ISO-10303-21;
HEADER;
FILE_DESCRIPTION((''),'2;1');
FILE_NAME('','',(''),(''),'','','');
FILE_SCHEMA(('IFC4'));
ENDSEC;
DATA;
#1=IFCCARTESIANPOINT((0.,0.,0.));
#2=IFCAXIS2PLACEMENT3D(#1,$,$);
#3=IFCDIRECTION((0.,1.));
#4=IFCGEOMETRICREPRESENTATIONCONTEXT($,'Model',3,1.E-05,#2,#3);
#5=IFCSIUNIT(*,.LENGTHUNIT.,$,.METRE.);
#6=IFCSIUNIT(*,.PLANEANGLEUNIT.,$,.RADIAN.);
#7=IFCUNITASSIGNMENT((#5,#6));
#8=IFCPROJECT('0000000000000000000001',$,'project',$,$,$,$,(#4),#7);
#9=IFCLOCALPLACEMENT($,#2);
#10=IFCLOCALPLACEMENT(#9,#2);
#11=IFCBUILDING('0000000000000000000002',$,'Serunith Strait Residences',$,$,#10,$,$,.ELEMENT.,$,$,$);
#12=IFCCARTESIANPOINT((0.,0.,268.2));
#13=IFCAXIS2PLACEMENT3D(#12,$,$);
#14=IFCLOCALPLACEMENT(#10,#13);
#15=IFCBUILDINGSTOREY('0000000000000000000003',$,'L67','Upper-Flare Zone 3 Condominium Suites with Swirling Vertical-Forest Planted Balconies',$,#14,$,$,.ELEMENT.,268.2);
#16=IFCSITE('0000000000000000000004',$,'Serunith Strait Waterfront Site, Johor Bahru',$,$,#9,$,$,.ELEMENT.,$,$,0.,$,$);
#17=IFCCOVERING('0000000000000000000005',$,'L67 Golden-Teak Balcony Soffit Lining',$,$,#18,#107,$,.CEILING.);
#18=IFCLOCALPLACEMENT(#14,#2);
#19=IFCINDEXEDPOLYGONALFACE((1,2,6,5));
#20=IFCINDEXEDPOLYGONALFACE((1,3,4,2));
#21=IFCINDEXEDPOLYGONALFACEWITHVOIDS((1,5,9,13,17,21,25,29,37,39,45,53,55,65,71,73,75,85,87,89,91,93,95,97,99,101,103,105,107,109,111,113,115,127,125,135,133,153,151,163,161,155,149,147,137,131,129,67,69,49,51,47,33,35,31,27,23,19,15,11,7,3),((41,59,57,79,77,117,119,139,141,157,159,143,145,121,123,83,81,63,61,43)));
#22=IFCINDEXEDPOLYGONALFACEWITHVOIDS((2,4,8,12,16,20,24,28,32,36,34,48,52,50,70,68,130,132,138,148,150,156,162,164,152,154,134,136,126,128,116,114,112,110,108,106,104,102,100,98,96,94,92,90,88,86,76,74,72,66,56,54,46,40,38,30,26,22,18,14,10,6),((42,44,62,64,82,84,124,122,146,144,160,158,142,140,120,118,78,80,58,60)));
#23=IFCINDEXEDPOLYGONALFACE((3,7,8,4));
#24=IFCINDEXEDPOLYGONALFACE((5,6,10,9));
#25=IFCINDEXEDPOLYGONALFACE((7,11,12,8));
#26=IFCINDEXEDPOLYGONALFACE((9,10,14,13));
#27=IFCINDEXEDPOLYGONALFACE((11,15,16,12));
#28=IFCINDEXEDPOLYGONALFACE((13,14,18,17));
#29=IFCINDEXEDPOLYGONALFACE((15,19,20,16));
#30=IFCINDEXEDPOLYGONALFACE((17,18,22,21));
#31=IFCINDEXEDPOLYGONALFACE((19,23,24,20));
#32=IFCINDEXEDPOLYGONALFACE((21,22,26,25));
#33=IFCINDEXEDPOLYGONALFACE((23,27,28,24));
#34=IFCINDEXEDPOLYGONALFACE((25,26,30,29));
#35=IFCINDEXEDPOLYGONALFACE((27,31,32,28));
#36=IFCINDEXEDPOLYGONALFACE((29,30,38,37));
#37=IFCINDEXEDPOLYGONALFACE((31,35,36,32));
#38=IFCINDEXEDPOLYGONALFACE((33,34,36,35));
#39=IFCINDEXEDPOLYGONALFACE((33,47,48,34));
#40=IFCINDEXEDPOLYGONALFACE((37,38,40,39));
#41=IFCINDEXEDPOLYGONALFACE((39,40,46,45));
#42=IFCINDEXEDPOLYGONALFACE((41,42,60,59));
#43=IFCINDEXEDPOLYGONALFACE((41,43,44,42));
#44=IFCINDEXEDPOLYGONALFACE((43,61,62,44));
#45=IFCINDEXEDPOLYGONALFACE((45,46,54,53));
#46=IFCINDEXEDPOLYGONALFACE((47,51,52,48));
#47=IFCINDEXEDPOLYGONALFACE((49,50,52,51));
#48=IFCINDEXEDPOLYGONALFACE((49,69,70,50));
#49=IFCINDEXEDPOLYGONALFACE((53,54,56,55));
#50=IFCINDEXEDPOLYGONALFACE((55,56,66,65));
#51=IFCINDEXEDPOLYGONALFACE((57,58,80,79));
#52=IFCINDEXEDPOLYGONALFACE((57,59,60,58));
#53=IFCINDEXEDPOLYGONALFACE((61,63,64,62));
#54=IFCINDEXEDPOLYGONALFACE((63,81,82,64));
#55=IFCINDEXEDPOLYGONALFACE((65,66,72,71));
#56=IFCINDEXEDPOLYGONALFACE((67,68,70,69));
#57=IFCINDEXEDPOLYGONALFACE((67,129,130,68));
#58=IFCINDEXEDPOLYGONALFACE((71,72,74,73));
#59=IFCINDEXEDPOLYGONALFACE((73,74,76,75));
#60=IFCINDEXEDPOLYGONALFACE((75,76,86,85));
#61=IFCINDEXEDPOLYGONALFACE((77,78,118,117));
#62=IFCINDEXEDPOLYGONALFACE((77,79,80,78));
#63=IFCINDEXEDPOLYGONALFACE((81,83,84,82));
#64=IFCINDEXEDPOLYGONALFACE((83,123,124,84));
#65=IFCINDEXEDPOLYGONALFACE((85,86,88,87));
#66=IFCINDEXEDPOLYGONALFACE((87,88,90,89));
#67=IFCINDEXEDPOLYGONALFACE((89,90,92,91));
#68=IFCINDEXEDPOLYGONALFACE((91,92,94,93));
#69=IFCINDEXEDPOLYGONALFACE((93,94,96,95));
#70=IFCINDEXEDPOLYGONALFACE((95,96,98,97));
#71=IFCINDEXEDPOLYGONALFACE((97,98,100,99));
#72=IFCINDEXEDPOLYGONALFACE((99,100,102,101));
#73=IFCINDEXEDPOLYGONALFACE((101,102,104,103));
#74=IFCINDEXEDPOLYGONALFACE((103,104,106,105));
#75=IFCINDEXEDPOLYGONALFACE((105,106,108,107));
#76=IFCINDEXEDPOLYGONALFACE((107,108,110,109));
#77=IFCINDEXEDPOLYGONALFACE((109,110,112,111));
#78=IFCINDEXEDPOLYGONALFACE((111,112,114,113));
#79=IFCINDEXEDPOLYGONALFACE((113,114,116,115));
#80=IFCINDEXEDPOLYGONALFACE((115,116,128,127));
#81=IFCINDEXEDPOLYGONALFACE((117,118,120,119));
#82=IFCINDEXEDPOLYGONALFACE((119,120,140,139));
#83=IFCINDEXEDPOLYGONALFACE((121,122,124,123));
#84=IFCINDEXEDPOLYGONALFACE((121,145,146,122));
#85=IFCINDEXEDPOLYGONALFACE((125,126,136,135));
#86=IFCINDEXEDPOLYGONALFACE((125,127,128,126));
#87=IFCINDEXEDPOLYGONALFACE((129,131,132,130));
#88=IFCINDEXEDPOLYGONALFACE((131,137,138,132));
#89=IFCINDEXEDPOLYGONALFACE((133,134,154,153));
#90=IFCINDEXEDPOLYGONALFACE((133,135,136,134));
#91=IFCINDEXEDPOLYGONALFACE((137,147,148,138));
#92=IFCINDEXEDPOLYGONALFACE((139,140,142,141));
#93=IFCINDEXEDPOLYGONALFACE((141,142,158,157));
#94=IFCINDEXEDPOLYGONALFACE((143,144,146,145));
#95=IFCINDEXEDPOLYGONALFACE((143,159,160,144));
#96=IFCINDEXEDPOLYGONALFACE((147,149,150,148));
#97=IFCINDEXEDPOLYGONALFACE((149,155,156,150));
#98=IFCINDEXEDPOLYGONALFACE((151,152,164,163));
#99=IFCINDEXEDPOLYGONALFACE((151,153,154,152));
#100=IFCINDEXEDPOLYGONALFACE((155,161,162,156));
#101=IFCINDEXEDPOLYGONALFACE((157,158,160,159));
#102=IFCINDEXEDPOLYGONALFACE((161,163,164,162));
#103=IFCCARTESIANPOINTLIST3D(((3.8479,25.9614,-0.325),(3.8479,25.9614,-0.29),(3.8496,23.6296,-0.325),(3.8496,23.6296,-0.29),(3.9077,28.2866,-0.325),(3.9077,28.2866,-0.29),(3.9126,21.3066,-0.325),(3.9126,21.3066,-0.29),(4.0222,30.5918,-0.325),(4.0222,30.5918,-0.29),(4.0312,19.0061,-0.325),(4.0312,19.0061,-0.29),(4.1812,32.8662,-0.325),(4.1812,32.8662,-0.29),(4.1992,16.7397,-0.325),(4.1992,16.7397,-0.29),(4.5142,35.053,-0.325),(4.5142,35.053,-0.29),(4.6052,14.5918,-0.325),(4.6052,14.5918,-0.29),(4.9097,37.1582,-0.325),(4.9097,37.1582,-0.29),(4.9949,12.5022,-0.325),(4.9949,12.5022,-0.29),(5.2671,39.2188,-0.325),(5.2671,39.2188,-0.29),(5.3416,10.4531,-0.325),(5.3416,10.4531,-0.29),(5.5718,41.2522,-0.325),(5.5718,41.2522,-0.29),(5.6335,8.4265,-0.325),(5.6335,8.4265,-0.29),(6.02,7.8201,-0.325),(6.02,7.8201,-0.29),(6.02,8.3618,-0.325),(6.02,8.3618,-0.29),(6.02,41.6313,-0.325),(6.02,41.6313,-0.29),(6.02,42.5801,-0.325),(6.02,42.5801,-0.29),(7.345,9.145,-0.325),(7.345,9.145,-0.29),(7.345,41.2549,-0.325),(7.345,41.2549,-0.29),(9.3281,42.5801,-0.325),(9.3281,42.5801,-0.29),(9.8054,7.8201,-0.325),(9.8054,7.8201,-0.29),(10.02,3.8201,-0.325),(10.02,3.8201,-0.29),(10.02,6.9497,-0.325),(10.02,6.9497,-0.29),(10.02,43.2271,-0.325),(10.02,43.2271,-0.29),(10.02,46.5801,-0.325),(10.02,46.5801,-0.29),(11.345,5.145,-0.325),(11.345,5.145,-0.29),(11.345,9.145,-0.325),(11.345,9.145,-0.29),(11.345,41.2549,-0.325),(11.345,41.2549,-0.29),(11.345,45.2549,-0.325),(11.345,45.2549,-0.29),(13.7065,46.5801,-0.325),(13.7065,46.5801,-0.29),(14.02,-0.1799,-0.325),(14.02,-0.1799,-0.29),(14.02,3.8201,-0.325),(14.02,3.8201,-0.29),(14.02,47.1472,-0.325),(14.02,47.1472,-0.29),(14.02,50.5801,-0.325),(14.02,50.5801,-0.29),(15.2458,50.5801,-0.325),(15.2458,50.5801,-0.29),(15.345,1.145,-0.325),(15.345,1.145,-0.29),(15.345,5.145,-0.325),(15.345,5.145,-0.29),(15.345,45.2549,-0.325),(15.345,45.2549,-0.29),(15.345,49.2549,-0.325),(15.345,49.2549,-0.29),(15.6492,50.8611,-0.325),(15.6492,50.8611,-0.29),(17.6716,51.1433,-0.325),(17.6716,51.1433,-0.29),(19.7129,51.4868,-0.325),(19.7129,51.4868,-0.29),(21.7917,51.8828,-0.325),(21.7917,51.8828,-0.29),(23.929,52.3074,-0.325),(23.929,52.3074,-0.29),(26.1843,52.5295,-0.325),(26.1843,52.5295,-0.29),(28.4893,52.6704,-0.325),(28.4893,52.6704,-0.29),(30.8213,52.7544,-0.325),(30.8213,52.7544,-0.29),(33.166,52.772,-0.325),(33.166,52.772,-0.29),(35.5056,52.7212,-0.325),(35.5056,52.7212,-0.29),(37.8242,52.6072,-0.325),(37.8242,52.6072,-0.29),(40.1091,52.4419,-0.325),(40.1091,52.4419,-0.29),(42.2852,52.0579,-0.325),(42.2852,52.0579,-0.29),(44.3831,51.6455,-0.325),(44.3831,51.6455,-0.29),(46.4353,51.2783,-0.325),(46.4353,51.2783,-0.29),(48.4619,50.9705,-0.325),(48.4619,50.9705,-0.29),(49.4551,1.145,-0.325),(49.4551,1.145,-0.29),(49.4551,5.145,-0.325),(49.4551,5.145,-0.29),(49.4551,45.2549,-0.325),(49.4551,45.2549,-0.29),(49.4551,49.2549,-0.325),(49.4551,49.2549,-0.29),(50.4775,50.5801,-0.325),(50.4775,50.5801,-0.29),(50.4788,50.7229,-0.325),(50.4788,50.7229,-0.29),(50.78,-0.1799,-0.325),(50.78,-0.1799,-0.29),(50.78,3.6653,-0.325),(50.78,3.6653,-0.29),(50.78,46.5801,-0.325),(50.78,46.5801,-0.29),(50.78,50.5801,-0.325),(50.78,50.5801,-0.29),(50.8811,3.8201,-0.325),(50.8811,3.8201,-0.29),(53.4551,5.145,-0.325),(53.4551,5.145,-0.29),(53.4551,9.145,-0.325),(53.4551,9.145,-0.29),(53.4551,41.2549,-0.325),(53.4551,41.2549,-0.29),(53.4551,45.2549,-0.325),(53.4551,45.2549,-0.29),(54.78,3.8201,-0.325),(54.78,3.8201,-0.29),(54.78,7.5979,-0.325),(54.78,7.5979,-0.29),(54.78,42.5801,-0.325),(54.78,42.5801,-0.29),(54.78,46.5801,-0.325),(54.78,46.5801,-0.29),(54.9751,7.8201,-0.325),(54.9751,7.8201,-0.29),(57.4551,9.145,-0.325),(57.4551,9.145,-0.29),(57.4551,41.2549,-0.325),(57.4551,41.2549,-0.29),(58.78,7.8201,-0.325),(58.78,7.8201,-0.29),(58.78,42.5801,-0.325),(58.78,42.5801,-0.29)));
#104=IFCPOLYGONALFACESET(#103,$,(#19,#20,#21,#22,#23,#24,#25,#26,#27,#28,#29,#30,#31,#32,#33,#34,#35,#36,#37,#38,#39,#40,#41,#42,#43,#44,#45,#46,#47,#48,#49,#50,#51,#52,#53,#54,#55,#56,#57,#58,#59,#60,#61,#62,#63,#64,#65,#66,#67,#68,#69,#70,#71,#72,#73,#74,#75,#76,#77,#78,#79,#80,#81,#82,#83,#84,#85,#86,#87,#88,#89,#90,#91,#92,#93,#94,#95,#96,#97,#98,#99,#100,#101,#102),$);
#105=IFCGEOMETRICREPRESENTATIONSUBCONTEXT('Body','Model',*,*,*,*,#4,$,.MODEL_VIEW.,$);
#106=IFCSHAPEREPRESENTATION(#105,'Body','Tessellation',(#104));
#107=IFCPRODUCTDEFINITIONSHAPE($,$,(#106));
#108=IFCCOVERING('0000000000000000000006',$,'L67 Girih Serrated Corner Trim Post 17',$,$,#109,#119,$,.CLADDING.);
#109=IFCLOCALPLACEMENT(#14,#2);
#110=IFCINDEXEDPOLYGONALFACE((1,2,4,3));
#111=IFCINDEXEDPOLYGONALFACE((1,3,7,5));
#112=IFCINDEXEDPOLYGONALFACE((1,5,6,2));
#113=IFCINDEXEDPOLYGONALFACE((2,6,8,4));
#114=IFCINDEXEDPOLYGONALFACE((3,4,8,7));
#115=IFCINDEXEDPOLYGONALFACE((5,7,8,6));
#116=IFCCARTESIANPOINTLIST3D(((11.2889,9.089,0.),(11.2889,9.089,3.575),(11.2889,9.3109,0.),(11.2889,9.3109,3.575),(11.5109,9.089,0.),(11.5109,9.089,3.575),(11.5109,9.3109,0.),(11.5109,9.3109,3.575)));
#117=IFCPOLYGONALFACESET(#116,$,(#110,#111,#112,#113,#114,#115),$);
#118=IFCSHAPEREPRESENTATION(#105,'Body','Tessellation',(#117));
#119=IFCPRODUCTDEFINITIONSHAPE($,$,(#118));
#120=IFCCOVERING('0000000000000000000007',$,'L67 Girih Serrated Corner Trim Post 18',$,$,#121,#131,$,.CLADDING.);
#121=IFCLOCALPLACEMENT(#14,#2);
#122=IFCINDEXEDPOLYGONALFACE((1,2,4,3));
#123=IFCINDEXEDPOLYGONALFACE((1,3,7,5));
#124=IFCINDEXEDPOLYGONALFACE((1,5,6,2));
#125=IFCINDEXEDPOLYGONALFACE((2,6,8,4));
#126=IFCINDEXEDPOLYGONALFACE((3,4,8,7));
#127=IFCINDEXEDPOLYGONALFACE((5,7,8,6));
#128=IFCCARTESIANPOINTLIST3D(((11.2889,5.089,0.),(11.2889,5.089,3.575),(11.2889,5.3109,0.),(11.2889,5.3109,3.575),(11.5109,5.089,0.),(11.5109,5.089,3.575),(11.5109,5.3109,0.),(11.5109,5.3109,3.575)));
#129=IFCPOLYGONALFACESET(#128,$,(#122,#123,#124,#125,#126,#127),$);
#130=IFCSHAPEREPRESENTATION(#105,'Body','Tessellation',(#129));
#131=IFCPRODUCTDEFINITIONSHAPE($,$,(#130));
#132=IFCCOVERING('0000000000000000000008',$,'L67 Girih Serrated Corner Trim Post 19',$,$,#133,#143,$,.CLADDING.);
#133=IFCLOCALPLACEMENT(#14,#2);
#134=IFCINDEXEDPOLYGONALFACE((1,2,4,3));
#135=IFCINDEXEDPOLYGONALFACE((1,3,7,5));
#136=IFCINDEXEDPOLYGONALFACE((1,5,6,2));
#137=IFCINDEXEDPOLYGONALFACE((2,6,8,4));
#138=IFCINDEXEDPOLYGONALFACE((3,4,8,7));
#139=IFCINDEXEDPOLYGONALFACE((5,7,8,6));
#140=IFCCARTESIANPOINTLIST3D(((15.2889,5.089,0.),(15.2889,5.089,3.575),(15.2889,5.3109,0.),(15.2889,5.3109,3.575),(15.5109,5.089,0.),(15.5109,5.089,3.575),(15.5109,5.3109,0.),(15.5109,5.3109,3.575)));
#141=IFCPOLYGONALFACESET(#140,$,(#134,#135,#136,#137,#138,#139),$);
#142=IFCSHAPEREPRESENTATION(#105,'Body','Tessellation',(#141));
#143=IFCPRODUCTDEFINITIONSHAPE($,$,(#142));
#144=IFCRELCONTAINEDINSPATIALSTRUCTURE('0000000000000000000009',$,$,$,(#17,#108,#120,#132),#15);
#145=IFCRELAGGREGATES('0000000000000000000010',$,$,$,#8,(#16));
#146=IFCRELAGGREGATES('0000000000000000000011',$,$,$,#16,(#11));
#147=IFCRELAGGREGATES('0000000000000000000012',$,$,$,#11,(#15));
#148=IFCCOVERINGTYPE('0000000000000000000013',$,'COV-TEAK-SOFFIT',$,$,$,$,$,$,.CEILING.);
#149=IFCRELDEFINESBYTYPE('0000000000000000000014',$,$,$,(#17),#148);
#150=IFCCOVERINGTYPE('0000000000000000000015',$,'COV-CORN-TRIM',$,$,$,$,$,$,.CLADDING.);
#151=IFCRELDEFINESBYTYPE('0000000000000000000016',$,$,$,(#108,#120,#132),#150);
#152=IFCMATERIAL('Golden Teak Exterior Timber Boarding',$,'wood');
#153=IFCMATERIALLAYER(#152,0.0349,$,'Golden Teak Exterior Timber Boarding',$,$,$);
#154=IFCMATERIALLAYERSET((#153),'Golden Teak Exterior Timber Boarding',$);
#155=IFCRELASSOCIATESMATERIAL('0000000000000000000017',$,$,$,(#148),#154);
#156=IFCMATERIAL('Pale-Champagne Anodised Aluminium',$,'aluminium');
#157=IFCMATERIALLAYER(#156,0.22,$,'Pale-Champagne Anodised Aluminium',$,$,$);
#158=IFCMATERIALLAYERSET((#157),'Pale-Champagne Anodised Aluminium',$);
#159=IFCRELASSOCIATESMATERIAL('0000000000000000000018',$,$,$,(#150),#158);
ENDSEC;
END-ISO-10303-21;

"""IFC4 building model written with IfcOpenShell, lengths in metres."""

from ifc_helpers import new_model, si_unit, direction, frame, origin, origin_2d, place, context, subcontext, project, spatial, polyline, rectangle, outline, extrude, source, transform, mapped, material, layer, layer_set, type_object, element, save


model = new_model("IFC4")

# Units and contexts
model_context = context("Model", 3, precision=1e-05, world=origin(), true_north=direction((0.0, 1.0)))
body_context = subcontext(model_context, "Body", "Model", "MODEL_VIEW")
ifc_project = project(units=[si_unit("LENGTHUNIT", "METRE"), si_unit("PLANEANGLEUNIT", "RADIAN")], contexts=[model_context])

# Site, building, storey
site_placement = place(None, origin())
site = spatial("IfcSite", under=ifc_project, at=site_placement, Name="Serunith Strait Waterfront Site, Johor Bahru", CompositionType="ELEMENT", RefElevation=0.0)
building_placement = place(site_placement, origin())
building = spatial("IfcBuilding", under=site, at=building_placement, Name="Serunith Strait Residences", CompositionType="ELEMENT")
storey_placement = place(building_placement, frame((0.0, 0.0, 268.2)))
storey = spatial("IfcBuildingStorey", under=building, at=storey_placement, Name="L67", Description="Upper-Flare Zone 3 Condominium Suites with Swirling Vertical-Forest Planted Balconies", CompositionType="ELEMENT", Elevation=268.2)

# Shared definitions
ifc_material_1 = material(Name="Pale-Champagne Anodised Aluminium", Category="aluminium")

# Covering
ifc_material_2 = material(Name="Golden Teak Exterior Timber Boarding", Category="wood")
ifc_layer_1 = layer(ifc_material_2, 0.0349, Name="Golden Teak Exterior Timber Boarding")
ifc_layer_set_1 = layer_set([ifc_layer_1], Name="Golden Teak Exterior Timber Boarding")
covering_type_1 = type_object("IfcCoveringType", Name="COV-TEAK-SOFFIT", PredefinedType="CEILING", material=ifc_layer_set_1)
covering_placement = place(storey_placement, frame((0.0, 0.0, -0.325)))
element("IfcCovering", 1, at=covering_placement, inside=storey, type_object=covering_type_1, Name="L67 Golden-Teak Balcony Soffit Lining", PredefinedType="CEILING", context=body_context, shape_type="SweptSolid", body=[
    extrude(outline(polyline([(6.02, 7.8201), (6.02, 8.3618), (5.6335, 8.4265), (5.3416, 10.4531), (4.9949, 12.5022), (4.6052, 14.5918), (4.1992, 16.7397), (4.0312, 19.0061), (3.9126, 21.3066), (3.8496, 23.6296), (3.8479, 25.9614), (3.9077, 28.2866), (4.0222, 30.5918), (4.1812, 32.8662), (4.5142, 35.053), (4.9097, 37.1582), (5.2671, 39.2188), (5.5718, 41.2522), (6.02, 41.6313), (6.02, 42.5801), (9.3281, 42.5801), (10.02, 43.2271), (10.02, 46.5801), (13.7065, 46.5801), (14.02, 47.1472), (14.02, 50.5801), (15.2458, 50.5801), (15.6492, 50.8611), (17.6716, 51.1433), (19.7129, 51.4868), (21.7917, 51.8828), (23.929, 52.3074), (26.1843, 52.5295), (28.4893, 52.6704), (30.8213, 52.7544), (33.166, 52.772), (35.5056, 52.7212), (37.8242, 52.6072), (40.1091, 52.4419), (42.2852, 52.0579), (44.3831, 51.6455), (46.4353, 51.2783), (48.4619, 50.9705), (50.4788, 50.7229), (50.4775, 50.5801), (50.78, 50.5801), (50.78, 46.5801), (54.78, 46.5801), (54.78, 42.5801), (58.78, 42.5801), (58.78, 7.8201), (54.9751, 7.8201), (54.78, 7.5979), (54.78, 3.8201), (50.8811, 3.8201), (50.78, 3.6653), (50.78, -0.1799), (14.02, -0.1799), (14.02, 3.8201), (10.02, 3.8201), (10.02, 6.9497), (9.8054, 7.8201), (6.02, 7.8201)]), holes=[polyline([(49.4551, 1.145), (49.4551, 5.145), (53.4551, 5.145), (53.4551, 9.145), (57.4551, 9.145), (57.4551, 41.2549), (53.4551, 41.2549), (53.4551, 45.2549), (49.4551, 45.2549), (49.4551, 49.2549), (15.345, 49.2549), (15.345, 45.2549), (11.345, 45.2549), (11.345, 41.2549), (7.345, 41.2549), (7.345, 9.145), (11.345, 9.145), (11.345, 5.145), (15.345, 5.145), (15.345, 1.145), (49.4551, 1.145)])]), origin(), (0.0, 0.0, 1.0), 0.0349),
])

# Coverings
ifc_layer_2 = layer(ifc_material_1, 0.22, Name="Pale-Champagne Anodised Aluminium")
ifc_layer_set_2 = layer_set([ifc_layer_2], Name="Pale-Champagne Anodised Aluminium")
covering_type_2 = type_object("IfcCoveringType", Name="COV-CORN-TRIM", PredefinedType="CLADDING", material=ifc_layer_set_2)
shared_shape_1 = source(origin(), body_context, "Body", "SweptSolid", [
    extrude(rectangle(XDim=0.2219, YDim=0.2219, at=origin_2d()), origin(), (0.0, 0.0, 1.0), 3.575),
])
for number, where, z_axis, x_axis, name in (
    (2, (11.3999, 9.2, 0.0), (0.0, 0.0, 1.0), (1.0, 0.0, 0.0), "L67 Girih Serrated Corner Trim Post 17"),
    (3, (11.3999, 5.2, 0.0), (0.0, 0.0, 1.0), (1.0, 0.0, 0.0), "L67 Girih Serrated Corner Trim Post 18"),
    (4, (15.3999, 5.2, 0.0), (0.0, 0.0, 1.0), (1.0, 0.0, 0.0), "L67 Girih Serrated Corner Trim Post 19"),
):
    element("IfcCovering", number, at=place(storey_placement, frame(where, z_axis=z_axis, x_axis=x_axis)), inside=storey, type_object=covering_type_2, Name=name, PredefinedType="CLADDING", context=body_context, shape_type="MappedRepresentation", body=[
        mapped(shared_shape_1, transform((0.0, 0.0, 0.0), scale=1.0)),
    ])

save(model, "model.ifc")
